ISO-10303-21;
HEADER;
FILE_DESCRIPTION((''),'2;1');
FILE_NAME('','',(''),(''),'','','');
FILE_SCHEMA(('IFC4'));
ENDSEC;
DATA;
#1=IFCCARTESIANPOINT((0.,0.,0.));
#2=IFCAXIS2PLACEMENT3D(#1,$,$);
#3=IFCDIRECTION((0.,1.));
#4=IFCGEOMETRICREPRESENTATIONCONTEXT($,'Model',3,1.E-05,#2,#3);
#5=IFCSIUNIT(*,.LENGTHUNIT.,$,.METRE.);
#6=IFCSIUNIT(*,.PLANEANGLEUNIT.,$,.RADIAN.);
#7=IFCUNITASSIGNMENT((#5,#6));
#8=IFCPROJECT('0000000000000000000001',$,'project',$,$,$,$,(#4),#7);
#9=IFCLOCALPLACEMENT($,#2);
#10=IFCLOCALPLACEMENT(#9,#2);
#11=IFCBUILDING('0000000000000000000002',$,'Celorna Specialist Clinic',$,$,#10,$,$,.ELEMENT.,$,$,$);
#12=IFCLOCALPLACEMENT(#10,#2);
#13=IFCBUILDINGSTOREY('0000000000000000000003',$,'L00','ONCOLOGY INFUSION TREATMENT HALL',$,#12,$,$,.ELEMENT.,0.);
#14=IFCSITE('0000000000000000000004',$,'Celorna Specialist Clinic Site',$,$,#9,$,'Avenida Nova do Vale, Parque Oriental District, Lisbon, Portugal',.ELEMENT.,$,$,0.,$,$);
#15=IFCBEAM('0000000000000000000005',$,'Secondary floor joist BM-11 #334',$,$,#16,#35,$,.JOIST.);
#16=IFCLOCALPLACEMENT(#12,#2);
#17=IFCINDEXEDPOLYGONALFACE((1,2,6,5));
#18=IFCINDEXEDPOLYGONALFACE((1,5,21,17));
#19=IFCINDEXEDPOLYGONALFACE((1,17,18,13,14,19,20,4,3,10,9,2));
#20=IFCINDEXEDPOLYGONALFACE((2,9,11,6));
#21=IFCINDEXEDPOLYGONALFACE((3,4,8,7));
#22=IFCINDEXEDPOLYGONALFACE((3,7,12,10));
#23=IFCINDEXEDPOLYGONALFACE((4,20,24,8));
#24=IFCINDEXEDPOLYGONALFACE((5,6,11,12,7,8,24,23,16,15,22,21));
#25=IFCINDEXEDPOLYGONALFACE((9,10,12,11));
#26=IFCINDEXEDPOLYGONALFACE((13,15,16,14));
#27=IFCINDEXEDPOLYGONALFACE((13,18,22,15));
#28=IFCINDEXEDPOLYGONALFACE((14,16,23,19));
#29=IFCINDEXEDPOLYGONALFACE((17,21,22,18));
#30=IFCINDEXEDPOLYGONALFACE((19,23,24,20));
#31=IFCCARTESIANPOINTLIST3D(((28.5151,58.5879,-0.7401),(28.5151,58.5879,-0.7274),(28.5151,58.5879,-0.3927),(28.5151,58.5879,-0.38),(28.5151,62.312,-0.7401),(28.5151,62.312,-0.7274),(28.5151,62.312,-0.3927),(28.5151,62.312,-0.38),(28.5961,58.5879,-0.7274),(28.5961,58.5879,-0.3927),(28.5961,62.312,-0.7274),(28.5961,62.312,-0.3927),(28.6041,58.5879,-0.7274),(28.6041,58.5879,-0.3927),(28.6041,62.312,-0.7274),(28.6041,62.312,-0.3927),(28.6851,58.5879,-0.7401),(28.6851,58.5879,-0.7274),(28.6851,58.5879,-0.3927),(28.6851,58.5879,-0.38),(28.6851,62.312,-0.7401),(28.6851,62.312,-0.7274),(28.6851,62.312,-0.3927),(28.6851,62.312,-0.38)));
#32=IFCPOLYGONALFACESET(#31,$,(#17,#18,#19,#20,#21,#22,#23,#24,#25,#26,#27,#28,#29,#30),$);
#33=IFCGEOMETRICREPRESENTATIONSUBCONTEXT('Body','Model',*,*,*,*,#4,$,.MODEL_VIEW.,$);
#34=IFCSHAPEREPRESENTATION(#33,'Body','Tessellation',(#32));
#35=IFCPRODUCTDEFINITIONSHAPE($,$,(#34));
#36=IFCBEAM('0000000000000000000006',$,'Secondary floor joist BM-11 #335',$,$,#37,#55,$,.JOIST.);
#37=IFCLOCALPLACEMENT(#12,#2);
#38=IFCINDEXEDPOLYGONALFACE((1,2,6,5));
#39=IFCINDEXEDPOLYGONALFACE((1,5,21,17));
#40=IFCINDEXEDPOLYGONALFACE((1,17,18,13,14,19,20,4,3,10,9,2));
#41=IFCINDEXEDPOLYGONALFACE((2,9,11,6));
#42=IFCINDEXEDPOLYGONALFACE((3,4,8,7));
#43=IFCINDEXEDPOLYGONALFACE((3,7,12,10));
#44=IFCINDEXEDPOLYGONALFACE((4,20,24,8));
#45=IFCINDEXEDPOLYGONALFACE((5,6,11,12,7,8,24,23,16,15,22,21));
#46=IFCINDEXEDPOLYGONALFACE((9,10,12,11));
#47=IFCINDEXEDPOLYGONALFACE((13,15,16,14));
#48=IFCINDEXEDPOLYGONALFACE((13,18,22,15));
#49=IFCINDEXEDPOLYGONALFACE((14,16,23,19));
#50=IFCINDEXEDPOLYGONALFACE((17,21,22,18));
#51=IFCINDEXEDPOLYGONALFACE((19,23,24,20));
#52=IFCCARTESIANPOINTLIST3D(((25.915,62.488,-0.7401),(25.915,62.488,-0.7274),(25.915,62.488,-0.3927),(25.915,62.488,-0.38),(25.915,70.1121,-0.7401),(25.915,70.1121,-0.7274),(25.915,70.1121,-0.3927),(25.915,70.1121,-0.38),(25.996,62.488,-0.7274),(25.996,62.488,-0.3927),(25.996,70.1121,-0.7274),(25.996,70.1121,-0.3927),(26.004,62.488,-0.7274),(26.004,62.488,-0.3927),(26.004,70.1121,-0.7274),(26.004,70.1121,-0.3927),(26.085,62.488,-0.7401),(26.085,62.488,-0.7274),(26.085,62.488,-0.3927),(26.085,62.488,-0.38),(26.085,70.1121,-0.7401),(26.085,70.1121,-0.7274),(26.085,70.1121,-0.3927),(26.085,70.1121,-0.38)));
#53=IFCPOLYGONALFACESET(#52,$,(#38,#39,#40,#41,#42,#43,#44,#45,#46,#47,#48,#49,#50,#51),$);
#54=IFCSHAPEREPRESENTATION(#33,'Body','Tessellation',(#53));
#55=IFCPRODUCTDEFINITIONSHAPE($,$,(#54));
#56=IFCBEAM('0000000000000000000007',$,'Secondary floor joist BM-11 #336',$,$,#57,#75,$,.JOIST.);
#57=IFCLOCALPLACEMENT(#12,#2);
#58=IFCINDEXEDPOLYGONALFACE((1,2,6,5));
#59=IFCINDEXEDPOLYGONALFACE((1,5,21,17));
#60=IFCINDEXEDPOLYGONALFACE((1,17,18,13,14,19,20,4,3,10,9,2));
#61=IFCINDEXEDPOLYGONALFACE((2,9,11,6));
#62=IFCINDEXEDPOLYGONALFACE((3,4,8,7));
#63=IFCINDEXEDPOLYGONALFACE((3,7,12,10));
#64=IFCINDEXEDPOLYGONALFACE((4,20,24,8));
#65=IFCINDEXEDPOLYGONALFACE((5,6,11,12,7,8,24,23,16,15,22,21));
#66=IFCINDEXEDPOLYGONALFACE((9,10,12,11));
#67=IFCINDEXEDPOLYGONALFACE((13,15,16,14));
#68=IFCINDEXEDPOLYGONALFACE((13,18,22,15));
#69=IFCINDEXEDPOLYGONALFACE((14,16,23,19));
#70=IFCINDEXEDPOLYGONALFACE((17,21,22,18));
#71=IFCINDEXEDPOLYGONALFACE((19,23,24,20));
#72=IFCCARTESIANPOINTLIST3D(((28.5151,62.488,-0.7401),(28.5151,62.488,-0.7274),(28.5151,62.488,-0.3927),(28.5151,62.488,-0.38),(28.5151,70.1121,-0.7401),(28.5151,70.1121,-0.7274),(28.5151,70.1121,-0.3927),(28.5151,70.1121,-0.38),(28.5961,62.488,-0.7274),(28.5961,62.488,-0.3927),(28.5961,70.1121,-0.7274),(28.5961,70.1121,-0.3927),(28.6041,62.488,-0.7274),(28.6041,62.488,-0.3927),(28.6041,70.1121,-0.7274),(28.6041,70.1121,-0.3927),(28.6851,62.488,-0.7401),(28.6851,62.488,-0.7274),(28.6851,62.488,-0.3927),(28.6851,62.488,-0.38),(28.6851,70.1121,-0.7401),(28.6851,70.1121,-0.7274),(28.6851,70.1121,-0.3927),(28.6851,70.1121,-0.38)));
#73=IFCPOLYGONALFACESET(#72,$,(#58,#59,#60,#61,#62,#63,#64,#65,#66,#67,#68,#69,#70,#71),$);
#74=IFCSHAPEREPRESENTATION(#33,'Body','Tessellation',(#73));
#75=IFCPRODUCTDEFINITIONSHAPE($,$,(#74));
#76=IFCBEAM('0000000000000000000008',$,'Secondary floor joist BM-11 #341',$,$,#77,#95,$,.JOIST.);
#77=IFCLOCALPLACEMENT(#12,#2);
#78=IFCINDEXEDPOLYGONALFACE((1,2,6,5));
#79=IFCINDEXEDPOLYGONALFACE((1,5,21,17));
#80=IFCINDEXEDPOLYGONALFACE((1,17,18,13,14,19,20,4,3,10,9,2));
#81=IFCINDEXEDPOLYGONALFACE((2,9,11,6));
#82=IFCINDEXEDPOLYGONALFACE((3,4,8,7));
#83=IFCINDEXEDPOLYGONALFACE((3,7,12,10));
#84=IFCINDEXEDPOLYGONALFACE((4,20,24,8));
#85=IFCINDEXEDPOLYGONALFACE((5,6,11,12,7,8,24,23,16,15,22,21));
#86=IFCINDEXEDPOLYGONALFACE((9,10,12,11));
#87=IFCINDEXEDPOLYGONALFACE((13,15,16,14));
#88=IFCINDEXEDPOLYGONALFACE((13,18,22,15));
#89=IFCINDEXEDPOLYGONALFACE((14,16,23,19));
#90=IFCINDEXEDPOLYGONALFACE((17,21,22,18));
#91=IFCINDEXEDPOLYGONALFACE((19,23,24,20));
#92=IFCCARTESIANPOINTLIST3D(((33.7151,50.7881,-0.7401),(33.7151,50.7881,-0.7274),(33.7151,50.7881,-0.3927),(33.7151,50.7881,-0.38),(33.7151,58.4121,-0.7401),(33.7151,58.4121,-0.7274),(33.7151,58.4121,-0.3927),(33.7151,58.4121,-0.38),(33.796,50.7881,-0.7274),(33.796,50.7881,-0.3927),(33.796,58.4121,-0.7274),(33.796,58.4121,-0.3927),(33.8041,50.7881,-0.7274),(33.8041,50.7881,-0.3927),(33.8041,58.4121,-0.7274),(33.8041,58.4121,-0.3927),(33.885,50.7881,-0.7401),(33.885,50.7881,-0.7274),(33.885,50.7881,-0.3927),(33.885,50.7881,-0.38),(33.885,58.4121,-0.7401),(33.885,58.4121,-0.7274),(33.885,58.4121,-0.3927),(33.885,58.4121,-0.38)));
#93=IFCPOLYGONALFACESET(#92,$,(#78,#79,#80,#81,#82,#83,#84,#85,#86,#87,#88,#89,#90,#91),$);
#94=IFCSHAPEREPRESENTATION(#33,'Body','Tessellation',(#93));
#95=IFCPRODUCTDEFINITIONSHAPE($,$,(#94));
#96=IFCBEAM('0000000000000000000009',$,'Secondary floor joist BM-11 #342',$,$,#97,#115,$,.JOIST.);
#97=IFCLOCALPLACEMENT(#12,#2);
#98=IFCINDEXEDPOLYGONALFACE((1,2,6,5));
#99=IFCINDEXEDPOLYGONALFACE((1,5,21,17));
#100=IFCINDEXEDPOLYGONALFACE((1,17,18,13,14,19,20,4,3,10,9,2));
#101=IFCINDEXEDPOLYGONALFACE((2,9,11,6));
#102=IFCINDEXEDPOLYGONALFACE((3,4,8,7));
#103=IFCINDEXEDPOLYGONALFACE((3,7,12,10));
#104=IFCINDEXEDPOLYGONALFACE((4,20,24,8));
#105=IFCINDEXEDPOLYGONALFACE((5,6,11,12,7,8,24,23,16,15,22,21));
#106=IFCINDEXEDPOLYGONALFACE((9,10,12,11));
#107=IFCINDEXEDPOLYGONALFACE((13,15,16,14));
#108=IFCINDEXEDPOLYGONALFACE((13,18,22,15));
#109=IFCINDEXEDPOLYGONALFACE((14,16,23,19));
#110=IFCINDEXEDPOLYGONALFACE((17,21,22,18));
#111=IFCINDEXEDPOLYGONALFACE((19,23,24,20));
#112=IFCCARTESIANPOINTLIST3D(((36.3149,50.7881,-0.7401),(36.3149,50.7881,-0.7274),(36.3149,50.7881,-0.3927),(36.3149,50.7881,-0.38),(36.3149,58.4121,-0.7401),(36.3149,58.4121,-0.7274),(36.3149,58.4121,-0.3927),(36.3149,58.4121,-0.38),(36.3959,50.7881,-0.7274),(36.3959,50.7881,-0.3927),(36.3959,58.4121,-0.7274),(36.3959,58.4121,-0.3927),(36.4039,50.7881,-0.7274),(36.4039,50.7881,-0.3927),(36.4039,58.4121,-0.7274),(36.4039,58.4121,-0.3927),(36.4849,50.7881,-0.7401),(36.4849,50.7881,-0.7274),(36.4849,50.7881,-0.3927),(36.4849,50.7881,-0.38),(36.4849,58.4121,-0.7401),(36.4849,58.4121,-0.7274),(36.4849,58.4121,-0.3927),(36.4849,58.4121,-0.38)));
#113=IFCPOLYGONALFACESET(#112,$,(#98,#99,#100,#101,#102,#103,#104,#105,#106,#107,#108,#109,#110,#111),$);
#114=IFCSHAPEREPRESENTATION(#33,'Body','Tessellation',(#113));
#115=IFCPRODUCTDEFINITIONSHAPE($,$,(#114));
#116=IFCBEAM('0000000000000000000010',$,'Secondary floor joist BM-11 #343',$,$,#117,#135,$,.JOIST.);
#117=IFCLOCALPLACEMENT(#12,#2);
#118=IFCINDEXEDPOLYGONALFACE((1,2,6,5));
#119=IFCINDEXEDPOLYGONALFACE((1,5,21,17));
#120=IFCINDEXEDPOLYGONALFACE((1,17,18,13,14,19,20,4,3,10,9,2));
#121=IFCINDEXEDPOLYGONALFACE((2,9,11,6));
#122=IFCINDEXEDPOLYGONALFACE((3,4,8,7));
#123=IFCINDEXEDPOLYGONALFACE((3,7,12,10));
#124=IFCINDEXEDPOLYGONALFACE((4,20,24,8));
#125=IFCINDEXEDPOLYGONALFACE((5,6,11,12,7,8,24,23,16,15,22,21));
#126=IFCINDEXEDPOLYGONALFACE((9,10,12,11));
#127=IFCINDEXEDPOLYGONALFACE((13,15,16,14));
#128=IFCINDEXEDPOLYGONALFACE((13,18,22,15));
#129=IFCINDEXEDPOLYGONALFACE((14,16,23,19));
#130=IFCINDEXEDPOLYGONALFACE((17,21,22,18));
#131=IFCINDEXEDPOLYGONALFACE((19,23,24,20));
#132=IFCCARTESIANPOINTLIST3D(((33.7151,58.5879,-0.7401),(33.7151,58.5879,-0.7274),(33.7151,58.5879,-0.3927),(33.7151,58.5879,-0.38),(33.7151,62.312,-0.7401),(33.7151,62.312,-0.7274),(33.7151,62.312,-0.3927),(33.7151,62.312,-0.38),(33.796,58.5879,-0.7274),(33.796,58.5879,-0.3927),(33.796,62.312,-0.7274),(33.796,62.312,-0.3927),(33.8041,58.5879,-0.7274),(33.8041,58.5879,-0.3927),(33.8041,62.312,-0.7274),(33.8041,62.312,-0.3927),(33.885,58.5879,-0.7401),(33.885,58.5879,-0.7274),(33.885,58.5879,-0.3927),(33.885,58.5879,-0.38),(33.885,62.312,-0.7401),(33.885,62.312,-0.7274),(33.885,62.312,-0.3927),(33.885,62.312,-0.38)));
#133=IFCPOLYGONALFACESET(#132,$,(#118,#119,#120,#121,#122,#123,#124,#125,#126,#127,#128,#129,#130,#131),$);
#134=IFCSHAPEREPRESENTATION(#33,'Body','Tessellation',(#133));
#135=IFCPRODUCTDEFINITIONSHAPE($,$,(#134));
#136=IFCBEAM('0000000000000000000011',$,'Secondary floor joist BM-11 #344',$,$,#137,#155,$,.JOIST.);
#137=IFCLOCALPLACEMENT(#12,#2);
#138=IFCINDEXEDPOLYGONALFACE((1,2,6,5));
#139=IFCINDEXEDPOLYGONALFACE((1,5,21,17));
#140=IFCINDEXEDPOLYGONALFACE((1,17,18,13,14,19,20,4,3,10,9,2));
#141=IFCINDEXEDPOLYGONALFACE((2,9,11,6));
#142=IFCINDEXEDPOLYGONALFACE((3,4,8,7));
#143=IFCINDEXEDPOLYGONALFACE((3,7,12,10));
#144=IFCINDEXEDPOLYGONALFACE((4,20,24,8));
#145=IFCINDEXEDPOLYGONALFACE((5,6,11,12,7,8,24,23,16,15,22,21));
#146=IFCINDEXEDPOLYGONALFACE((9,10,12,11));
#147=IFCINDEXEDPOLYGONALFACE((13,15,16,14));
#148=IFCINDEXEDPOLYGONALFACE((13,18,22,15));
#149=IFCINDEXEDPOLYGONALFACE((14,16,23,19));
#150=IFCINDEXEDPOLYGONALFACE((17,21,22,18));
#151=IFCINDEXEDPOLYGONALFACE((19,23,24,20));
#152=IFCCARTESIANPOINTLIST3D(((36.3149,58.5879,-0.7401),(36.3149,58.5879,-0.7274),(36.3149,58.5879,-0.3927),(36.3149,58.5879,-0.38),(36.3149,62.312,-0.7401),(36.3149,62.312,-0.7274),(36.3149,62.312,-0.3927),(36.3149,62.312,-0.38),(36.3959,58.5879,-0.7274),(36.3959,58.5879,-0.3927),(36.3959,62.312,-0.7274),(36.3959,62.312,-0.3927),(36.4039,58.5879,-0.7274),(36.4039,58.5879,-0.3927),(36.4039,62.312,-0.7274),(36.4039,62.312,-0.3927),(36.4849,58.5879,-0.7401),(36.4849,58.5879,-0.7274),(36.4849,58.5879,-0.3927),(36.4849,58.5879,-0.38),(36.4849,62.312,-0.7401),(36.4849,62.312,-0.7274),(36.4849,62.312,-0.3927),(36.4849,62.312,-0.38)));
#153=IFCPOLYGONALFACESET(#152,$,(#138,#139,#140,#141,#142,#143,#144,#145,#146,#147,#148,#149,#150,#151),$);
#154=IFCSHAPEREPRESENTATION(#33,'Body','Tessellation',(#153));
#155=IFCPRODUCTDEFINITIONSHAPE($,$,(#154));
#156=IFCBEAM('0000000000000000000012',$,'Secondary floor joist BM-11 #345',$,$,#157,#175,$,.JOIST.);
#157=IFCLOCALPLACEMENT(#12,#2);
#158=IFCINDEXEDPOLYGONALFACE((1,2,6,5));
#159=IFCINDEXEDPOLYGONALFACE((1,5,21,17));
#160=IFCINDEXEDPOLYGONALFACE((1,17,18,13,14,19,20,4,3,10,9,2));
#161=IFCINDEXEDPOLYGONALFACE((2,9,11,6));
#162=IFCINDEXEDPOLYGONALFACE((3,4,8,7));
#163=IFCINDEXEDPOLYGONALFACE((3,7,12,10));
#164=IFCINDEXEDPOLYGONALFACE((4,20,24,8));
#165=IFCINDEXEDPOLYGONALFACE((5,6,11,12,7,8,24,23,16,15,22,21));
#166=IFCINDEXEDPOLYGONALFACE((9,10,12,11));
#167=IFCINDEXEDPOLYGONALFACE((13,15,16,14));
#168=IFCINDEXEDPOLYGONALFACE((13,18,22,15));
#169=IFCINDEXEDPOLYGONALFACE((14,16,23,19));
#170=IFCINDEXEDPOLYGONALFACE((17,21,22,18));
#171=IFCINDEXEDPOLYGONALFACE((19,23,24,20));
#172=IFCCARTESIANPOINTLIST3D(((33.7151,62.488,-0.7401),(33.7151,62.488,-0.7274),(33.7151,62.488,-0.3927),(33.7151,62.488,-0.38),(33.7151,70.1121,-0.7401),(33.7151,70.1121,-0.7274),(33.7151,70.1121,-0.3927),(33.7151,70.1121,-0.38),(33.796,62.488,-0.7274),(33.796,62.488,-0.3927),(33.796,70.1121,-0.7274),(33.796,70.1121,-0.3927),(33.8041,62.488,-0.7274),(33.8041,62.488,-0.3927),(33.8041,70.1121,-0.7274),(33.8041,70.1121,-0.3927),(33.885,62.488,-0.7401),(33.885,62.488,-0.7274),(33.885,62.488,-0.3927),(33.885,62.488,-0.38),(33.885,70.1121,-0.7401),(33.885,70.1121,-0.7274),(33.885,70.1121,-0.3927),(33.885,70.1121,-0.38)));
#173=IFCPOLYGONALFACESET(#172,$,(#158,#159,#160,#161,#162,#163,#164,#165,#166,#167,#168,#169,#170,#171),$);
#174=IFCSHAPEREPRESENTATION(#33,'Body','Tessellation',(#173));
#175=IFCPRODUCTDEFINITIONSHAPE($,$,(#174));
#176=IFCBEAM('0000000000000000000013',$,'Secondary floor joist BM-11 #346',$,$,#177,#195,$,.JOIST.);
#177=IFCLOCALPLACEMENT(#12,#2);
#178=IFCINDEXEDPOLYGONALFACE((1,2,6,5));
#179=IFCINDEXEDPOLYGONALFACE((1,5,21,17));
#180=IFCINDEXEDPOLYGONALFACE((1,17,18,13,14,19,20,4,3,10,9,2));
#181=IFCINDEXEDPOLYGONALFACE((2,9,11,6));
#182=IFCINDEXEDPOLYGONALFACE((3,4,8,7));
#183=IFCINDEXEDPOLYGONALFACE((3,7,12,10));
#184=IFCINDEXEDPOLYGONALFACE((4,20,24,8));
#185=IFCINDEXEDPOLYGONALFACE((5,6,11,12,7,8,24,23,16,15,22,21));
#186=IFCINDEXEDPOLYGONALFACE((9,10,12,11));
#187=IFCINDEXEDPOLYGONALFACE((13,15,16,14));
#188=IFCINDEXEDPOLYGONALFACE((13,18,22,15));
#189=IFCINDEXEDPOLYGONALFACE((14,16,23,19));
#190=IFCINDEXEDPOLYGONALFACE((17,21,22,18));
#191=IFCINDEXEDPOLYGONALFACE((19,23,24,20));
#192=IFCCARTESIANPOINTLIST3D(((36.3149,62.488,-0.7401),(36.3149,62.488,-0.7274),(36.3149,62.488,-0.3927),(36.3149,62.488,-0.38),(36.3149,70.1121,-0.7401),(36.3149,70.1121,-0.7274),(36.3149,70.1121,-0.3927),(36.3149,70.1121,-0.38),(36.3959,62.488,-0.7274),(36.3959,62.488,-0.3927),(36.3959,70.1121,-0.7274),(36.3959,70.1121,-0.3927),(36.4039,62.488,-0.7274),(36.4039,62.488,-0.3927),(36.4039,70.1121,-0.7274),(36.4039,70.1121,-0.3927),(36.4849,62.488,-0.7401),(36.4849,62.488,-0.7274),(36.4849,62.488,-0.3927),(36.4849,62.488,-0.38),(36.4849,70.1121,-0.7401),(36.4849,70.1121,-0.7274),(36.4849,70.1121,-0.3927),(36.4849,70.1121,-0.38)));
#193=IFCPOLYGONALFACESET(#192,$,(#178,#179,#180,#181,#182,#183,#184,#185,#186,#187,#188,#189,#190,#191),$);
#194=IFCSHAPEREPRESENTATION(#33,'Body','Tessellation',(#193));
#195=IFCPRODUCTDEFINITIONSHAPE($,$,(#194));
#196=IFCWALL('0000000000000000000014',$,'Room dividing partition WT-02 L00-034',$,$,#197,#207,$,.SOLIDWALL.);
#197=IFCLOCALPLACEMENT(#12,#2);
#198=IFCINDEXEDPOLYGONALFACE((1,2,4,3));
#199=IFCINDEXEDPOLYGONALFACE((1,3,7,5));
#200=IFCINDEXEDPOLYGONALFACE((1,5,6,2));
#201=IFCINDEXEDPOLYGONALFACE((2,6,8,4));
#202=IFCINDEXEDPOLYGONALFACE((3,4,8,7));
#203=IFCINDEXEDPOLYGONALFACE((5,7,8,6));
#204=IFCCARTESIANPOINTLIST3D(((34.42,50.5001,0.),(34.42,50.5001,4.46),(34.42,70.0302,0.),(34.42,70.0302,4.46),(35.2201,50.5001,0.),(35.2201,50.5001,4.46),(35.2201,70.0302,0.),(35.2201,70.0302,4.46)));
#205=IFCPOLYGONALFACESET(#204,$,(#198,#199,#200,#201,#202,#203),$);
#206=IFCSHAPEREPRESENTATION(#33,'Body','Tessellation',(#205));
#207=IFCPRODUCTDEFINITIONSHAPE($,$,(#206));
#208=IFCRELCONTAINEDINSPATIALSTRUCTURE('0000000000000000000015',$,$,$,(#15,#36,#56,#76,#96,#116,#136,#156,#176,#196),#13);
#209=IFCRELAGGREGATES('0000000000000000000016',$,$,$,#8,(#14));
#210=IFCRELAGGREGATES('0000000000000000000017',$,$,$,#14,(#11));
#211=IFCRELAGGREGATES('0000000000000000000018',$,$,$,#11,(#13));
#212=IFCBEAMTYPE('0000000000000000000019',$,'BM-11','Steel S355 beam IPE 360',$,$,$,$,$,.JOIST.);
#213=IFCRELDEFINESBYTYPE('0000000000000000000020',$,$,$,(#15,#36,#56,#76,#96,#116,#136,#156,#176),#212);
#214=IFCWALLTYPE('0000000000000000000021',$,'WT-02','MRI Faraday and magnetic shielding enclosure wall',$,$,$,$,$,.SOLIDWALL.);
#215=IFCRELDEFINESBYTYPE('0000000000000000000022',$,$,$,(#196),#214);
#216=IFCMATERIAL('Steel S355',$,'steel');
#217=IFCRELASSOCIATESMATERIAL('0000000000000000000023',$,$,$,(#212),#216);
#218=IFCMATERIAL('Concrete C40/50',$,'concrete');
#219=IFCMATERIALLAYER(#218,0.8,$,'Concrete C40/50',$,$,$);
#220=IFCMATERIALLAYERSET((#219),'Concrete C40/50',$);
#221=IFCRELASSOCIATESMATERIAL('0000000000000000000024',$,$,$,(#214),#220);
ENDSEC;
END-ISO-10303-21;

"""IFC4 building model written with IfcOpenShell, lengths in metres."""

from ifc_helpers import new_model, si_unit, direction, frame, frame_2d, origin, origin_2d, place, context, subcontext, project, spatial, rectangle, i_section, extrude, material, layer, layer_set, material_profile, profile_set, type_object, element, save


model = new_model("IFC4")

# Units and contexts
model_context = context("Model", 3, precision=1e-05, world=origin(), true_north=direction((0.0, 1.0)))
body_context = subcontext(model_context, "Body", "Model", "MODEL_VIEW")
ifc_project = project(units=[si_unit("LENGTHUNIT", "METRE"), si_unit("PLANEANGLEUNIT", "RADIAN")], contexts=[model_context])

# Site, building, storey
site_placement = place(None, origin())
site = spatial("IfcSite", under=ifc_project, at=site_placement, Name="Celorna Specialist Clinic Site", LongName="Avenida Nova do Vale, Parque Oriental District, Lisbon, Portugal", CompositionType="ELEMENT", RefElevation=0.0)
building_placement = place(site_placement, origin())
building = spatial("IfcBuilding", under=site, at=building_placement, Name="Celorna Specialist Clinic", CompositionType="ELEMENT")
storey_placement = place(building_placement, origin())
storey = spatial("IfcBuildingStorey", under=building, at=storey_placement, Name="L00", Description="ONCOLOGY INFUSION TREATMENT HALL", CompositionType="ELEMENT", Elevation=0.0)

# Shared definitions
ifc_material_1 = material(Name="Concrete C40/50", Category="concrete")

# Beams
ifc_material_2 = material(Name="Steel S355", Category="steel")
ifc_material_profile_1 = material_profile(ifc_material_2, i_section(OverallWidth=0.1699, OverallDepth=0.3601, WebThickness=0.0081, FlangeThickness=0.0127, at=origin_2d()), Name="IPE 360")
ifc_profile_set_1 = profile_set([ifc_material_profile_1], Name="Steel S355")
beam_type_1 = type_object("IfcBeamType", Name="BM-11", Description="Steel S355 beam IPE 360", PredefinedType="JOIST", material=ifc_profile_set_1)
for number, where, z_axis, x_axis, name in (
    (1, (28.6001, 58.5879, -0.5601), (0.0, 1.0, 0.0), (-1.0, 0.0, 0.0), "Secondary floor joist BM-11 #334"),
):
    element("IfcBeam", number, at=place(storey_placement, frame(where, z_axis=z_axis, x_axis=x_axis)), inside=storey, type_object=beam_type_1, Name=name, PredefinedType="JOIST", context=body_context, shape_type="SweptSolid", body=[
        extrude(i_section(OverallWidth=0.1699, OverallDepth=0.3601, WebThickness=0.0081, FlangeThickness=0.0127, at=origin_2d()), origin(), (0.0, 0.0, 1.0), 3.7241),
    ])
for number, where, z_axis, x_axis, name in (
    (2, (26.0, 62.488, -0.5601), (0.0, 1.0, 0.0), (-1.0, 0.0, 0.0), "Secondary floor joist BM-11 #335"),
    (3, (28.6001, 62.488, -0.5601), (0.0, 1.0, 0.0), (-1.0, 0.0, 0.0), "Secondary floor joist BM-11 #336"),
    (4, (33.8, 50.7881, -0.5601), (0.0, 1.0, 0.0), (-1.0, 0.0, 0.0), "Secondary floor joist BM-11 #341"),
    (5, (36.3999, 50.7881, -0.5601), (0.0, 1.0, 0.0), (-1.0, 0.0, 0.0), "Secondary floor joist BM-11 #342"),
):
    element("IfcBeam", number, at=place(storey_placement, frame(where, z_axis=z_axis, x_axis=x_axis)), inside=storey, type_object=beam_type_1, Name=name, PredefinedType="JOIST", context=body_context, shape_type="SweptSolid", body=[
        extrude(i_section(OverallWidth=0.1699, OverallDepth=0.3601, WebThickness=0.0081, FlangeThickness=0.0127, at=origin_2d()), origin(), (0.0, 0.0, 1.0), 7.624),
    ])
for number, where, z_axis, x_axis, name in (
    (6, (33.8, 58.5879, -0.5601), (0.0, 1.0, 0.0), (-1.0, 0.0, 0.0), "Secondary floor joist BM-11 #343"),
    (7, (36.3999, 58.5879, -0.5601), (0.0, 1.0, 0.0), (-1.0, 0.0, 0.0), "Secondary floor joist BM-11 #344"),
):
    element("IfcBeam", number, at=place(storey_placement, frame(where, z_axis=z_axis, x_axis=x_axis)), inside=storey, type_object=beam_type_1, Name=name, PredefinedType="JOIST", context=body_context, shape_type="SweptSolid", body=[
        extrude(i_section(OverallWidth=0.1699, OverallDepth=0.3601, WebThickness=0.0081, FlangeThickness=0.0127, at=origin_2d()), origin(), (0.0, 0.0, 1.0), 3.7241),
    ])
for number, where, z_axis, x_axis, name in (
    (8, (33.8, 62.488, -0.5601), (0.0, 1.0, 0.0), (-1.0, 0.0, 0.0), "Secondary floor joist BM-11 #345"),
    (9, (36.3999, 62.488, -0.5601), (0.0, 1.0, 0.0), (-1.0, 0.0, 0.0), "Secondary floor joist BM-11 #346"),
):
    element("IfcBeam", number, at=place(storey_placement, frame(where, z_axis=z_axis, x_axis=x_axis)), inside=storey, type_object=beam_type_1, Name=name, PredefinedType="JOIST", context=body_context, shape_type="SweptSolid", body=[
        extrude(i_section(OverallWidth=0.1699, OverallDepth=0.3601, WebThickness=0.0081, FlangeThickness=0.0127, at=origin_2d()), origin(), (0.0, 0.0, 1.0), 7.624),
    ])

# Wall
ifc_layer_1 = layer(ifc_material_1, 0.8, Name="Concrete C40/50")
ifc_layer_set_1 = layer_set([ifc_layer_1], Name="Concrete C40/50")
wall_type_1 = type_object("IfcWallType", Name="WT-02", Description="MRI Faraday and magnetic shielding enclosure wall", PredefinedType="SOLIDWALL", material=ifc_layer_set_1)
wall_1_placement = place(storey_placement, frame((34.8201, 50.5, 0.0), z_axis=(0.0, 0.0, 1.0), x_axis=(0.0, 1.0, 0.0)))
element("IfcWall", 10, at=wall_1_placement, inside=storey, type_object=wall_type_1, Name="Room dividing partition WT-02 L00-034", PredefinedType="SOLIDWALL", context=body_context, shape_type="SweptSolid", body=[
    extrude(rectangle(XDim=19.53, YDim=0.8, at=frame_2d((9.7651, 0.0))), origin(), (0.0, 0.0, 1.0), 4.46),
])

save(model, "model.ifc")
